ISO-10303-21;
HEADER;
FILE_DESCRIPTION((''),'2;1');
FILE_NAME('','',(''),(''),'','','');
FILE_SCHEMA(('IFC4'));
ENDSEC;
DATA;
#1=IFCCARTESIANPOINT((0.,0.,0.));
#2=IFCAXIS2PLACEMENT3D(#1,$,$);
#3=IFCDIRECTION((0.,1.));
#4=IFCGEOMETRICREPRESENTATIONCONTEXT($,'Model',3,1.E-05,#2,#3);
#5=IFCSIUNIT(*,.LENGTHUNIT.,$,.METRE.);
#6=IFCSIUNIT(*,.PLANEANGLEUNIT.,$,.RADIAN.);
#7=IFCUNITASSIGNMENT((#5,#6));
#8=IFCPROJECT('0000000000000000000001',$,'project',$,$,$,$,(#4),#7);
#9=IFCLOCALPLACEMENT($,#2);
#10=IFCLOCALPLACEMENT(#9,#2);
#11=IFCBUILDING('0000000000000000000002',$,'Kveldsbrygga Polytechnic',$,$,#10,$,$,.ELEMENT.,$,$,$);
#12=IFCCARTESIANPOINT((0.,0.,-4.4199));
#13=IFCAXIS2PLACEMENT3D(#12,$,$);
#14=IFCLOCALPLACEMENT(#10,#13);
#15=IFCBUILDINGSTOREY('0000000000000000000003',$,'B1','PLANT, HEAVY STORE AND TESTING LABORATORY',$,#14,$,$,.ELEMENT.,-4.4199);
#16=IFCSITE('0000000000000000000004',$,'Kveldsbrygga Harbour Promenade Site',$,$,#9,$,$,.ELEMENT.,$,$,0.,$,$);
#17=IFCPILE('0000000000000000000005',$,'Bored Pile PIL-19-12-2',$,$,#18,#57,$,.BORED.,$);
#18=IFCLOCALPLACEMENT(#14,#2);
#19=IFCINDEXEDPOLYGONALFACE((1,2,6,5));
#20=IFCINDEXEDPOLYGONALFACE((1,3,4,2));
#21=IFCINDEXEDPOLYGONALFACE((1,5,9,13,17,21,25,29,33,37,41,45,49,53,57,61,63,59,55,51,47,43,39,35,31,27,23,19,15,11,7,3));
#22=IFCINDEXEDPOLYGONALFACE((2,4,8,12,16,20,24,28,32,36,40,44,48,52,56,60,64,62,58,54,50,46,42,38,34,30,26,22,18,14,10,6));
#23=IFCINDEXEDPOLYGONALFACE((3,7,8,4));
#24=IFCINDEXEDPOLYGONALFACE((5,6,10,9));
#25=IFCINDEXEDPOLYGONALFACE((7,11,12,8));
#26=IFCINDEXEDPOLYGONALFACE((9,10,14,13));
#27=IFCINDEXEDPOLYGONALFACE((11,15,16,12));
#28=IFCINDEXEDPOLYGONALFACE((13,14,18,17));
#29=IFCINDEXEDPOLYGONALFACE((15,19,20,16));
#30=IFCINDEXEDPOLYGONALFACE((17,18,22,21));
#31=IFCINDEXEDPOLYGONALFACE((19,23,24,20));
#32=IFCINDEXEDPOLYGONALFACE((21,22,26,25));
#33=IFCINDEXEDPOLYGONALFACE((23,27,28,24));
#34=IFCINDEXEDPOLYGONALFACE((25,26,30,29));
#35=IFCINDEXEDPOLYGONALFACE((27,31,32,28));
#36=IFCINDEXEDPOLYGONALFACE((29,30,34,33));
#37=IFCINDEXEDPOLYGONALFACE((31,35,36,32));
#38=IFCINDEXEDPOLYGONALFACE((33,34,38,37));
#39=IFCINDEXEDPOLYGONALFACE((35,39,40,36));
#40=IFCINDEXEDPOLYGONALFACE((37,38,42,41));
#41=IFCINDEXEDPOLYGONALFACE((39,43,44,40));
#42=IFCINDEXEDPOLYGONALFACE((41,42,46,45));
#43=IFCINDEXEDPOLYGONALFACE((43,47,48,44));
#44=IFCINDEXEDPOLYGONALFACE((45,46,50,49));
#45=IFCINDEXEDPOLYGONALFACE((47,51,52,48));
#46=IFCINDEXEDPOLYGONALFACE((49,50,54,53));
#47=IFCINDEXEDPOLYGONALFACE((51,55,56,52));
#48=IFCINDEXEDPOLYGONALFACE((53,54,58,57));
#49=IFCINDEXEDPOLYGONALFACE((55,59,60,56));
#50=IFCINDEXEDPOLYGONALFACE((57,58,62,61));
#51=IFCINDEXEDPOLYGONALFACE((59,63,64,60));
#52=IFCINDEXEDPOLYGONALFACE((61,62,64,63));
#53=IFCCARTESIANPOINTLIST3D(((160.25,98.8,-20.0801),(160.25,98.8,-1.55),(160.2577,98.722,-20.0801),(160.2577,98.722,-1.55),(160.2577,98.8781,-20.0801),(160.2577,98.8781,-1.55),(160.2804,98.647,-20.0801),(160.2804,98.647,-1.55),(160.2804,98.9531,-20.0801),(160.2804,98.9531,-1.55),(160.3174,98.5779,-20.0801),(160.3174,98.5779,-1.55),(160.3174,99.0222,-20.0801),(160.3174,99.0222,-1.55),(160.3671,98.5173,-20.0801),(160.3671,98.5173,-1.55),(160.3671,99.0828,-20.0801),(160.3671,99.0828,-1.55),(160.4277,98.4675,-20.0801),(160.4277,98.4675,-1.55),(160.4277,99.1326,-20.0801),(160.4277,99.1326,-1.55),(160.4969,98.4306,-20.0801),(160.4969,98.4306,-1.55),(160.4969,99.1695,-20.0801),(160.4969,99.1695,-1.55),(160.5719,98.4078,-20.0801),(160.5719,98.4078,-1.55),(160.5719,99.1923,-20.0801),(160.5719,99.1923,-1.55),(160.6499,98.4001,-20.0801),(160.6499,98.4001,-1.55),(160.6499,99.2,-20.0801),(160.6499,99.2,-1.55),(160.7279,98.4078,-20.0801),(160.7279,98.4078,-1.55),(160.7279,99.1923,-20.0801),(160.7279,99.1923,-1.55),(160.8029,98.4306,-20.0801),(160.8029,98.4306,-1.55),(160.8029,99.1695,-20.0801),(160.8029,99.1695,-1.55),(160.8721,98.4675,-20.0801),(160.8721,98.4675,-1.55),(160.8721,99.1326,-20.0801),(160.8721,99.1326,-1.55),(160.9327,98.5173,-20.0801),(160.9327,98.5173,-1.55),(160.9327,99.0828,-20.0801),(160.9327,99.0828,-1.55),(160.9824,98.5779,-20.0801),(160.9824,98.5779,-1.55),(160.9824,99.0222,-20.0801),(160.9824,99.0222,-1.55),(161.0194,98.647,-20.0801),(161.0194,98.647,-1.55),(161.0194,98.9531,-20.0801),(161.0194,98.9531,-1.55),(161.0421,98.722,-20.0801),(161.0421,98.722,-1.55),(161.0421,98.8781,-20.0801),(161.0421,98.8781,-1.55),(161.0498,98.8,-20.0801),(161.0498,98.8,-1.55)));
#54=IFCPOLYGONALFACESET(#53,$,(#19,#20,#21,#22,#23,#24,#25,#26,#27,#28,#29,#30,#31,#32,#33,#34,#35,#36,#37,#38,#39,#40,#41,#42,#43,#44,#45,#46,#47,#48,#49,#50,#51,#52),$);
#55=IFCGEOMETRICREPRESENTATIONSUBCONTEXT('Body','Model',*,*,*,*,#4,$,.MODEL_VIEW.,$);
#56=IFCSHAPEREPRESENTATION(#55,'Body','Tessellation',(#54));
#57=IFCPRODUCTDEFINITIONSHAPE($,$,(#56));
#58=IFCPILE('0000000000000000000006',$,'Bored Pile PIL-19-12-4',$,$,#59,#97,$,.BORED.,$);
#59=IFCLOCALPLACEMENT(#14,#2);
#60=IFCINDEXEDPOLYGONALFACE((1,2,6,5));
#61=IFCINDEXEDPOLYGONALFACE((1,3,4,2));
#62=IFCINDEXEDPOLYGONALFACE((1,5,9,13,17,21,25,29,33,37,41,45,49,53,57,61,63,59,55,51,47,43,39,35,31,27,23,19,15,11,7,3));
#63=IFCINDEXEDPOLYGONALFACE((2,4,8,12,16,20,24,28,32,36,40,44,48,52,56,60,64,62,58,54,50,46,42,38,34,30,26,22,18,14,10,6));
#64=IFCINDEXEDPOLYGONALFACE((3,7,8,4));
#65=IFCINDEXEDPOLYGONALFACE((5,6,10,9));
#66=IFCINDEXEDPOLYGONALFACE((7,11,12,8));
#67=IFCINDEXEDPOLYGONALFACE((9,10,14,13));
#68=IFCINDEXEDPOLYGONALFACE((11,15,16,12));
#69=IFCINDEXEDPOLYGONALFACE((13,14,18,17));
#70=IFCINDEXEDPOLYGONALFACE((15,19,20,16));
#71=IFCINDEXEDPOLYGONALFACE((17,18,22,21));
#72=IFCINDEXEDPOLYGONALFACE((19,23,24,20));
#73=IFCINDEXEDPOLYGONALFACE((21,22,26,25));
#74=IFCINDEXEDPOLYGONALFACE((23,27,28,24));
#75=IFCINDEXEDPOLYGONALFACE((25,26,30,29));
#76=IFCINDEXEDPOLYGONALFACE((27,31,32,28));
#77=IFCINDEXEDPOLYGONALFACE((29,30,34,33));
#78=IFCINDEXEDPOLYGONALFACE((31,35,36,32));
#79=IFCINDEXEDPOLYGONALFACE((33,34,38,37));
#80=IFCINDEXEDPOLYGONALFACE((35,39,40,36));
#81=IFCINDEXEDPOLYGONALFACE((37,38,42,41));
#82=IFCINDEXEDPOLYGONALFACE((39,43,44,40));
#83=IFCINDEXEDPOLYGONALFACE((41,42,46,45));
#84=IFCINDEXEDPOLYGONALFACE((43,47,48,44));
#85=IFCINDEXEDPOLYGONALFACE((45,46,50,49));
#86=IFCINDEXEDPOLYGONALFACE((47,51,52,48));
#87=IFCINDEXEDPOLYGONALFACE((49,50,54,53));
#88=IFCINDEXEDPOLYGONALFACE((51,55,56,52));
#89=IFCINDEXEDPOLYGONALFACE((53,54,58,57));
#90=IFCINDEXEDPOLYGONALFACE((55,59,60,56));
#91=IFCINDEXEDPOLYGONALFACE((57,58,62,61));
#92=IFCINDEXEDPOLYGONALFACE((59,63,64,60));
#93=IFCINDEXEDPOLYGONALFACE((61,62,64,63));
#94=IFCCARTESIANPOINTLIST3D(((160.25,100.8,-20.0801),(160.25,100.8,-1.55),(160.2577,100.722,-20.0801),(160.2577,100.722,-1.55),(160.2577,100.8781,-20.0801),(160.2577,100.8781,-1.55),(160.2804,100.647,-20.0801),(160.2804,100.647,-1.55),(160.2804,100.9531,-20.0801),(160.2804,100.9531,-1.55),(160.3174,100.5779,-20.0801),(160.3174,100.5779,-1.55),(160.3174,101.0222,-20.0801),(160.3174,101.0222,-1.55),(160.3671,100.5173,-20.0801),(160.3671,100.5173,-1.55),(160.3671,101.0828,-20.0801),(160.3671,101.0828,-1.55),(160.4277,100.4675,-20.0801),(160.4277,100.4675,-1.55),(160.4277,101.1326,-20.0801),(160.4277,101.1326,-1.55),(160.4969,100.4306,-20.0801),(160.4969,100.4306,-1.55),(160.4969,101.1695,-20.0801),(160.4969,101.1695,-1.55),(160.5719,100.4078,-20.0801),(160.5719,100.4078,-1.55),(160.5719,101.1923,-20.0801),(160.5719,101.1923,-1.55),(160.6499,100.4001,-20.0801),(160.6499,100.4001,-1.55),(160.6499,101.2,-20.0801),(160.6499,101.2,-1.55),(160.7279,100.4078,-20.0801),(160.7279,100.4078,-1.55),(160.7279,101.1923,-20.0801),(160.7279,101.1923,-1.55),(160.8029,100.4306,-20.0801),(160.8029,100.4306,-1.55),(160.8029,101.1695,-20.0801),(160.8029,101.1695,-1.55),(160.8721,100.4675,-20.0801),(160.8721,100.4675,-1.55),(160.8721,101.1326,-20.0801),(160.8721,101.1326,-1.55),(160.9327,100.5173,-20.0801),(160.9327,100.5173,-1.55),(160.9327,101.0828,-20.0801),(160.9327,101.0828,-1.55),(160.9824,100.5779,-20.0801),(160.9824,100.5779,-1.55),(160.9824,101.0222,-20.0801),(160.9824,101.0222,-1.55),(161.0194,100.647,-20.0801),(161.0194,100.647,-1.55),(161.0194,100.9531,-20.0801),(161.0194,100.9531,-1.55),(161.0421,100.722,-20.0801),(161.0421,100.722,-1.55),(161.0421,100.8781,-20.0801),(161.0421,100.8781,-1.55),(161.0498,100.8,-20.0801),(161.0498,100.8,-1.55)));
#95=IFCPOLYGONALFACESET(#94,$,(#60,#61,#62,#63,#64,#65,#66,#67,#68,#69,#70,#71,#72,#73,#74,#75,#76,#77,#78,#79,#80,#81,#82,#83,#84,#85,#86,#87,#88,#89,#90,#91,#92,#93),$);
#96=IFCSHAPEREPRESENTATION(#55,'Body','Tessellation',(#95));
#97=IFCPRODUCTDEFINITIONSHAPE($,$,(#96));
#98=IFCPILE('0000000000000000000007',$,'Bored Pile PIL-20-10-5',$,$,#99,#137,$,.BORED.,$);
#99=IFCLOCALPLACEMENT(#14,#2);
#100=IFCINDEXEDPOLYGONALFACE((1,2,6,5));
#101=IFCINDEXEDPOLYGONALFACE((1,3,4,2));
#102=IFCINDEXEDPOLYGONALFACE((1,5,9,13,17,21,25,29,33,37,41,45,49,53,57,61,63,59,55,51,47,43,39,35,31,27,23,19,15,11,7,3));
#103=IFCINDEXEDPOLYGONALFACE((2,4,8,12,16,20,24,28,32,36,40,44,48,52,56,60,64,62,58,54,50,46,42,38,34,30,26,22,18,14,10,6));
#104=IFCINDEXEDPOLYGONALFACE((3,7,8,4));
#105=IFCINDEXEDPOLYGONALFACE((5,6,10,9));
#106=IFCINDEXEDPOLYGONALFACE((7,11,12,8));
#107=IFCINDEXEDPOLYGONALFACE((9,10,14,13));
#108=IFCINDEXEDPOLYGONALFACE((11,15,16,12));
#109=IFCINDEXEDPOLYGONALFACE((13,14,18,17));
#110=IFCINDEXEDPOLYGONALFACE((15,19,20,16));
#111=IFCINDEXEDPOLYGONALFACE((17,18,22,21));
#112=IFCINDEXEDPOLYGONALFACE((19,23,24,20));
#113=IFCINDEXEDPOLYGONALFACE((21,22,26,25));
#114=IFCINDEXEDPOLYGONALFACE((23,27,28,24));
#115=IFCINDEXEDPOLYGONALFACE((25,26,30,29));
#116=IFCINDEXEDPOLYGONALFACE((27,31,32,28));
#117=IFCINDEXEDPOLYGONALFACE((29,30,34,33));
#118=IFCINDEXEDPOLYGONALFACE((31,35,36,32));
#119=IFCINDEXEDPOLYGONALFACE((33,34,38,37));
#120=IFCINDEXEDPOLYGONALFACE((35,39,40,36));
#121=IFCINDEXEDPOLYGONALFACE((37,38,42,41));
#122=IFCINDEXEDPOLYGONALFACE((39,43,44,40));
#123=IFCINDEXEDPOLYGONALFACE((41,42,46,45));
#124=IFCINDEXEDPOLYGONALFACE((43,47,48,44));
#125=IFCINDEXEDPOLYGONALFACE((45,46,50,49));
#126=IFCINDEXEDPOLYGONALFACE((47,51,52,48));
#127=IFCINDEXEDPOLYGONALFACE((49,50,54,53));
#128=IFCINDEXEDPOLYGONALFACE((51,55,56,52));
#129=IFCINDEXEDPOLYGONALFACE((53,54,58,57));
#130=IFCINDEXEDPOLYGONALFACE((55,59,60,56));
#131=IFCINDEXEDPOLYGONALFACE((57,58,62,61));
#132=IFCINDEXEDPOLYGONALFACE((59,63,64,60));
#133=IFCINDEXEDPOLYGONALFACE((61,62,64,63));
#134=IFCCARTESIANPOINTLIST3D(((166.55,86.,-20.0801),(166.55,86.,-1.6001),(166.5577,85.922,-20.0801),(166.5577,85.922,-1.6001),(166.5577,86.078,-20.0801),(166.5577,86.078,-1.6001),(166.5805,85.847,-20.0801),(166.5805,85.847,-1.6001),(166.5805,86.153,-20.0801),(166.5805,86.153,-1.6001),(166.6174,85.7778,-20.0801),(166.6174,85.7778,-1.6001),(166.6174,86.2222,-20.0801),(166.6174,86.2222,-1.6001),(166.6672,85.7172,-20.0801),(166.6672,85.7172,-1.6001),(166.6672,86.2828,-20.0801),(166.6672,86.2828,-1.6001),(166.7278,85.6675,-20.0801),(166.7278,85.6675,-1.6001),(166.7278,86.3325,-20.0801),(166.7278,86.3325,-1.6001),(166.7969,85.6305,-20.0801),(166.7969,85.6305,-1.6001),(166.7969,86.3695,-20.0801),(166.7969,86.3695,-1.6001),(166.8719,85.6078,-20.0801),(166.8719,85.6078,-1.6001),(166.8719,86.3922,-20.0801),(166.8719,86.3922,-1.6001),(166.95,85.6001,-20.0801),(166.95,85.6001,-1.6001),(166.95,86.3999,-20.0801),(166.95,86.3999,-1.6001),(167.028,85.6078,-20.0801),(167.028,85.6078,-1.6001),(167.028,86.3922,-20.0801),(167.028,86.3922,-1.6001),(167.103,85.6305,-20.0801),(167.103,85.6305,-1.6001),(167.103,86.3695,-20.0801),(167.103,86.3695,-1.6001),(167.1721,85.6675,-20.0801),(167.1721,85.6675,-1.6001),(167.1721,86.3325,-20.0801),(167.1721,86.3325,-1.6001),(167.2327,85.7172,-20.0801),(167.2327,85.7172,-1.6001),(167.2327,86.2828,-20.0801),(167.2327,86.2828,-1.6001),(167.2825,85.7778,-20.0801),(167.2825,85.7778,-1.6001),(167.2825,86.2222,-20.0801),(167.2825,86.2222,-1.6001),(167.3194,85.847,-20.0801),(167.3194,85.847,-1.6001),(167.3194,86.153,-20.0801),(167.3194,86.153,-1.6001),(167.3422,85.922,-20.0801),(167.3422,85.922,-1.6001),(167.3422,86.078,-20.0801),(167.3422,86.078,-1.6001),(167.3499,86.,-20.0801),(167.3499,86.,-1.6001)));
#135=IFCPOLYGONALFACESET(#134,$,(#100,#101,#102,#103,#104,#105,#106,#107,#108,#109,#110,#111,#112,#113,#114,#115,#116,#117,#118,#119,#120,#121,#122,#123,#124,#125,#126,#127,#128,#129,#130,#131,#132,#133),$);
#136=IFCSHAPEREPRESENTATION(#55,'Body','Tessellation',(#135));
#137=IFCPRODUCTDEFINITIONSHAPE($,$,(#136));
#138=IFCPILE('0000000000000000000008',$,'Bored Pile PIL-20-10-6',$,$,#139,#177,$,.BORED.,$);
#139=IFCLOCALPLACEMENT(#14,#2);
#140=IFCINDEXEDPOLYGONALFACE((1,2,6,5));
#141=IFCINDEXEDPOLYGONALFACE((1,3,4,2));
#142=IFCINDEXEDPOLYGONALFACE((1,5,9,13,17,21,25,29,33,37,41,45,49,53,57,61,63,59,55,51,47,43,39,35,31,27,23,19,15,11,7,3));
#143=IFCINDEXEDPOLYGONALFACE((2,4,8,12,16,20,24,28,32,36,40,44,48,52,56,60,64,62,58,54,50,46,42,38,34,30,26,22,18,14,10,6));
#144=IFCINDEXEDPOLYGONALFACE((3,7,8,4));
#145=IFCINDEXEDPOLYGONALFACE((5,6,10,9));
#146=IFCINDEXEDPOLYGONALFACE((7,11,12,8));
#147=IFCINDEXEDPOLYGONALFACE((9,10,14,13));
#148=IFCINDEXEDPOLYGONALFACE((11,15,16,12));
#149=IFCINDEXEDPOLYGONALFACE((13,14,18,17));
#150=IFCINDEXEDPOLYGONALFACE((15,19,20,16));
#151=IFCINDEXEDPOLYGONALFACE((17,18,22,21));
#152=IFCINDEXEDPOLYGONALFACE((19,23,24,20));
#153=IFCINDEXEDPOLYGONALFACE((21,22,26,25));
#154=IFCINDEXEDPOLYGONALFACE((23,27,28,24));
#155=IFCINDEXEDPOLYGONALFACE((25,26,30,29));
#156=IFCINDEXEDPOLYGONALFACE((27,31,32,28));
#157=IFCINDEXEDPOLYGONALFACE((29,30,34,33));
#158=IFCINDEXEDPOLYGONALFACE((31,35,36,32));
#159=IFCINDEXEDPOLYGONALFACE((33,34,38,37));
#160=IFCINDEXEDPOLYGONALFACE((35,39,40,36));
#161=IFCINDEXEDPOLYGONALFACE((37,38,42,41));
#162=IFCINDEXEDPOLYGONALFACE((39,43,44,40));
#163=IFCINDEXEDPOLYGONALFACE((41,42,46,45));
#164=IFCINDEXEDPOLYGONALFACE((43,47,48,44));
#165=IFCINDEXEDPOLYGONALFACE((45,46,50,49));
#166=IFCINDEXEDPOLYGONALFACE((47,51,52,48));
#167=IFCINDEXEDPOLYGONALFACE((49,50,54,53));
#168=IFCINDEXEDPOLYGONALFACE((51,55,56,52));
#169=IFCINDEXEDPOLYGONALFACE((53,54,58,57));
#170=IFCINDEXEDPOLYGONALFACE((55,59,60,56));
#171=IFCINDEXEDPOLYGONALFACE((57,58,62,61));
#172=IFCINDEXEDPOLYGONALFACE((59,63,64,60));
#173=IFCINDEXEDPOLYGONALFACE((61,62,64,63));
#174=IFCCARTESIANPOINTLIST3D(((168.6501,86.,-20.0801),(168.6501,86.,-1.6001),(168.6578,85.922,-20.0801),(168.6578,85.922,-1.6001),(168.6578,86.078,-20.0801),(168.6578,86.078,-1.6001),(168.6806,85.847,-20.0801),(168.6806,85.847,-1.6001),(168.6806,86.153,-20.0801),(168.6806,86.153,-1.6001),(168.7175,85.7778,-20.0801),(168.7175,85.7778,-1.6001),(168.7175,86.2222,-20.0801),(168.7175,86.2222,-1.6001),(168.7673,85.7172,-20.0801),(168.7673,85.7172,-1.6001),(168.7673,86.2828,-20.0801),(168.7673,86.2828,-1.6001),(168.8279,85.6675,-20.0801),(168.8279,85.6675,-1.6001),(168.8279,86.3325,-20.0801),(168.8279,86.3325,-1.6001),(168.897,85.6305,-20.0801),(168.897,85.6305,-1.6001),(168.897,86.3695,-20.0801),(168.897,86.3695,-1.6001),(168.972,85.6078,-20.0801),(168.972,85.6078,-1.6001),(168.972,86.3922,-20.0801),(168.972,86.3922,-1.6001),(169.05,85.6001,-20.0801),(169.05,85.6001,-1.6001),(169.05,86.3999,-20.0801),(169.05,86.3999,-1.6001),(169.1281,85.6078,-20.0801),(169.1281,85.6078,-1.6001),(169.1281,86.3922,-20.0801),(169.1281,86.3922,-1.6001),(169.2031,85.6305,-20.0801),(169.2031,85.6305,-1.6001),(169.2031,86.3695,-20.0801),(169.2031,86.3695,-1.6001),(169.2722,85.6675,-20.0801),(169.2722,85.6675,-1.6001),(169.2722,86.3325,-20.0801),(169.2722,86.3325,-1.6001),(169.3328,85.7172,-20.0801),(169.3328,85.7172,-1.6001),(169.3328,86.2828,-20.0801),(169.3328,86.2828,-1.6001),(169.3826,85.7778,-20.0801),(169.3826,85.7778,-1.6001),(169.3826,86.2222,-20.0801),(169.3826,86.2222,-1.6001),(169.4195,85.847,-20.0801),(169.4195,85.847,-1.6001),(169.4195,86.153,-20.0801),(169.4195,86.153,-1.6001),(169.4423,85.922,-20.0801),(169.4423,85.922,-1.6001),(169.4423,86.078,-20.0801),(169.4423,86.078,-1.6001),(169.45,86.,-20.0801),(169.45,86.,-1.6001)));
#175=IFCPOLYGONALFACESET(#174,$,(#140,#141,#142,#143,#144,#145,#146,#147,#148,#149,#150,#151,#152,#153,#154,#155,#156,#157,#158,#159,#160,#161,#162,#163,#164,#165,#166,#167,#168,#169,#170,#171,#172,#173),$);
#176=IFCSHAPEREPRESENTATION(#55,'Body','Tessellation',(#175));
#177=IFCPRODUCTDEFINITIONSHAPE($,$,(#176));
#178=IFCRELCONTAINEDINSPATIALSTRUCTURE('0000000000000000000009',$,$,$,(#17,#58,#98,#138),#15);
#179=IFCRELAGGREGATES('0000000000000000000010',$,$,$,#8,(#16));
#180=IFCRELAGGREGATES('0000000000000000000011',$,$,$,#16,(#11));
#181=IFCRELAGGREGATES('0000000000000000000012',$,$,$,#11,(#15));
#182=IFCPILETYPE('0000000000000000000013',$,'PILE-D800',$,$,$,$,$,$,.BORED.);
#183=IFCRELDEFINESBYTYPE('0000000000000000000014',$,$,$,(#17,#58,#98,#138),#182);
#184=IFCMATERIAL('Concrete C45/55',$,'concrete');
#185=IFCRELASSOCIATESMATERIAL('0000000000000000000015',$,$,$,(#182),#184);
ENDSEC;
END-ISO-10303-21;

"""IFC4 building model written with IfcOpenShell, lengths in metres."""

from ifc_helpers import new_model, si_unit, direction, frame, origin, origin_2d, place, context, subcontext, project, spatial, circle, extrude, material, material_profile, profile_set, type_object, element, save


model = new_model("IFC4")

# Units and contexts
model_context = context("Model", 3, precision=1e-05, world=origin(), true_north=direction((0.0, 1.0)))
body_context = subcontext(model_context, "Body", "Model", "MODEL_VIEW")
ifc_project = project(units=[si_unit("LENGTHUNIT", "METRE"), si_unit("PLANEANGLEUNIT", "RADIAN")], contexts=[model_context])

# Site, building, storey
site_placement = place(None, origin())
site = spatial("IfcSite", under=ifc_project, at=site_placement, Name="Kveldsbrygga Harbour Promenade Site", CompositionType="ELEMENT", RefElevation=0.0)
building_placement = place(site_placement, origin())
building = spatial("IfcBuilding", under=site, at=building_placement, Name="Kveldsbrygga Polytechnic", CompositionType="ELEMENT")
storey_placement = place(building_placement, frame((0.0, 0.0, -4.4199)))
storey = spatial("IfcBuildingStorey", under=building, at=storey_placement, Name="B1", Description="PLANT, HEAVY STORE AND TESTING LABORATORY", CompositionType="ELEMENT", Elevation=-4.4199)

# Shared definitions
ifc_material_1 = material(Name="Concrete C45/55", Category="concrete")

# Piles
ifc_material_profile_1 = material_profile(ifc_material_1, circle(Radius=0.3999, at=origin_2d()), Name="PILE D800")
ifc_profile_set_1 = profile_set([ifc_material_profile_1], Name="Concrete C45/55")
pile_type = type_object("IfcPileType", Name="PILE-D800", PredefinedType="BORED", material=ifc_profile_set_1)
for number, where, z_axis, x_axis, name in (
    (1, (160.6499, 98.8, -1.55), (0.0, 0.0, -1.0), (1.0, 0.0, 0.0), "Bored Pile PIL-19-12-2"),
    (2, (160.6499, 100.8, -1.55), (0.0, 0.0, -1.0), (1.0, 0.0, 0.0), "Bored Pile PIL-19-12-4"),
):
    element("IfcPile", number, at=place(storey_placement, frame(where, z_axis=z_axis, x_axis=x_axis)), inside=storey, type_object=pile_type, Name=name, PredefinedType="BORED", context=body_context, shape_type="SweptSolid", body=[
        extrude(circle(Radius=0.3999, at=origin_2d()), origin(), (0.0, 0.0, 1.0), 18.53),
    ])
for number, where, z_axis, x_axis, name in (
    (3, (166.95, 86.0, -1.6001), (0.0, 0.0, -1.0), (1.0, 0.0, 0.0), "Bored Pile PIL-20-10-5"),
    (4, (169.05, 86.0, -1.6001), (0.0, 0.0, -1.0), (1.0, 0.0, 0.0), "Bored Pile PIL-20-10-6"),
):
    element("IfcPile", number, at=place(storey_placement, frame(where, z_axis=z_axis, x_axis=x_axis)), inside=storey, type_object=pile_type, Name=name, PredefinedType="BORED", context=body_context, shape_type="SweptSolid", body=[
        extrude(circle(Radius=0.3999, at=origin_2d()), origin(), (0.0, 0.0, 1.0), 18.48),
    ])

save(model, "model.ifc")
